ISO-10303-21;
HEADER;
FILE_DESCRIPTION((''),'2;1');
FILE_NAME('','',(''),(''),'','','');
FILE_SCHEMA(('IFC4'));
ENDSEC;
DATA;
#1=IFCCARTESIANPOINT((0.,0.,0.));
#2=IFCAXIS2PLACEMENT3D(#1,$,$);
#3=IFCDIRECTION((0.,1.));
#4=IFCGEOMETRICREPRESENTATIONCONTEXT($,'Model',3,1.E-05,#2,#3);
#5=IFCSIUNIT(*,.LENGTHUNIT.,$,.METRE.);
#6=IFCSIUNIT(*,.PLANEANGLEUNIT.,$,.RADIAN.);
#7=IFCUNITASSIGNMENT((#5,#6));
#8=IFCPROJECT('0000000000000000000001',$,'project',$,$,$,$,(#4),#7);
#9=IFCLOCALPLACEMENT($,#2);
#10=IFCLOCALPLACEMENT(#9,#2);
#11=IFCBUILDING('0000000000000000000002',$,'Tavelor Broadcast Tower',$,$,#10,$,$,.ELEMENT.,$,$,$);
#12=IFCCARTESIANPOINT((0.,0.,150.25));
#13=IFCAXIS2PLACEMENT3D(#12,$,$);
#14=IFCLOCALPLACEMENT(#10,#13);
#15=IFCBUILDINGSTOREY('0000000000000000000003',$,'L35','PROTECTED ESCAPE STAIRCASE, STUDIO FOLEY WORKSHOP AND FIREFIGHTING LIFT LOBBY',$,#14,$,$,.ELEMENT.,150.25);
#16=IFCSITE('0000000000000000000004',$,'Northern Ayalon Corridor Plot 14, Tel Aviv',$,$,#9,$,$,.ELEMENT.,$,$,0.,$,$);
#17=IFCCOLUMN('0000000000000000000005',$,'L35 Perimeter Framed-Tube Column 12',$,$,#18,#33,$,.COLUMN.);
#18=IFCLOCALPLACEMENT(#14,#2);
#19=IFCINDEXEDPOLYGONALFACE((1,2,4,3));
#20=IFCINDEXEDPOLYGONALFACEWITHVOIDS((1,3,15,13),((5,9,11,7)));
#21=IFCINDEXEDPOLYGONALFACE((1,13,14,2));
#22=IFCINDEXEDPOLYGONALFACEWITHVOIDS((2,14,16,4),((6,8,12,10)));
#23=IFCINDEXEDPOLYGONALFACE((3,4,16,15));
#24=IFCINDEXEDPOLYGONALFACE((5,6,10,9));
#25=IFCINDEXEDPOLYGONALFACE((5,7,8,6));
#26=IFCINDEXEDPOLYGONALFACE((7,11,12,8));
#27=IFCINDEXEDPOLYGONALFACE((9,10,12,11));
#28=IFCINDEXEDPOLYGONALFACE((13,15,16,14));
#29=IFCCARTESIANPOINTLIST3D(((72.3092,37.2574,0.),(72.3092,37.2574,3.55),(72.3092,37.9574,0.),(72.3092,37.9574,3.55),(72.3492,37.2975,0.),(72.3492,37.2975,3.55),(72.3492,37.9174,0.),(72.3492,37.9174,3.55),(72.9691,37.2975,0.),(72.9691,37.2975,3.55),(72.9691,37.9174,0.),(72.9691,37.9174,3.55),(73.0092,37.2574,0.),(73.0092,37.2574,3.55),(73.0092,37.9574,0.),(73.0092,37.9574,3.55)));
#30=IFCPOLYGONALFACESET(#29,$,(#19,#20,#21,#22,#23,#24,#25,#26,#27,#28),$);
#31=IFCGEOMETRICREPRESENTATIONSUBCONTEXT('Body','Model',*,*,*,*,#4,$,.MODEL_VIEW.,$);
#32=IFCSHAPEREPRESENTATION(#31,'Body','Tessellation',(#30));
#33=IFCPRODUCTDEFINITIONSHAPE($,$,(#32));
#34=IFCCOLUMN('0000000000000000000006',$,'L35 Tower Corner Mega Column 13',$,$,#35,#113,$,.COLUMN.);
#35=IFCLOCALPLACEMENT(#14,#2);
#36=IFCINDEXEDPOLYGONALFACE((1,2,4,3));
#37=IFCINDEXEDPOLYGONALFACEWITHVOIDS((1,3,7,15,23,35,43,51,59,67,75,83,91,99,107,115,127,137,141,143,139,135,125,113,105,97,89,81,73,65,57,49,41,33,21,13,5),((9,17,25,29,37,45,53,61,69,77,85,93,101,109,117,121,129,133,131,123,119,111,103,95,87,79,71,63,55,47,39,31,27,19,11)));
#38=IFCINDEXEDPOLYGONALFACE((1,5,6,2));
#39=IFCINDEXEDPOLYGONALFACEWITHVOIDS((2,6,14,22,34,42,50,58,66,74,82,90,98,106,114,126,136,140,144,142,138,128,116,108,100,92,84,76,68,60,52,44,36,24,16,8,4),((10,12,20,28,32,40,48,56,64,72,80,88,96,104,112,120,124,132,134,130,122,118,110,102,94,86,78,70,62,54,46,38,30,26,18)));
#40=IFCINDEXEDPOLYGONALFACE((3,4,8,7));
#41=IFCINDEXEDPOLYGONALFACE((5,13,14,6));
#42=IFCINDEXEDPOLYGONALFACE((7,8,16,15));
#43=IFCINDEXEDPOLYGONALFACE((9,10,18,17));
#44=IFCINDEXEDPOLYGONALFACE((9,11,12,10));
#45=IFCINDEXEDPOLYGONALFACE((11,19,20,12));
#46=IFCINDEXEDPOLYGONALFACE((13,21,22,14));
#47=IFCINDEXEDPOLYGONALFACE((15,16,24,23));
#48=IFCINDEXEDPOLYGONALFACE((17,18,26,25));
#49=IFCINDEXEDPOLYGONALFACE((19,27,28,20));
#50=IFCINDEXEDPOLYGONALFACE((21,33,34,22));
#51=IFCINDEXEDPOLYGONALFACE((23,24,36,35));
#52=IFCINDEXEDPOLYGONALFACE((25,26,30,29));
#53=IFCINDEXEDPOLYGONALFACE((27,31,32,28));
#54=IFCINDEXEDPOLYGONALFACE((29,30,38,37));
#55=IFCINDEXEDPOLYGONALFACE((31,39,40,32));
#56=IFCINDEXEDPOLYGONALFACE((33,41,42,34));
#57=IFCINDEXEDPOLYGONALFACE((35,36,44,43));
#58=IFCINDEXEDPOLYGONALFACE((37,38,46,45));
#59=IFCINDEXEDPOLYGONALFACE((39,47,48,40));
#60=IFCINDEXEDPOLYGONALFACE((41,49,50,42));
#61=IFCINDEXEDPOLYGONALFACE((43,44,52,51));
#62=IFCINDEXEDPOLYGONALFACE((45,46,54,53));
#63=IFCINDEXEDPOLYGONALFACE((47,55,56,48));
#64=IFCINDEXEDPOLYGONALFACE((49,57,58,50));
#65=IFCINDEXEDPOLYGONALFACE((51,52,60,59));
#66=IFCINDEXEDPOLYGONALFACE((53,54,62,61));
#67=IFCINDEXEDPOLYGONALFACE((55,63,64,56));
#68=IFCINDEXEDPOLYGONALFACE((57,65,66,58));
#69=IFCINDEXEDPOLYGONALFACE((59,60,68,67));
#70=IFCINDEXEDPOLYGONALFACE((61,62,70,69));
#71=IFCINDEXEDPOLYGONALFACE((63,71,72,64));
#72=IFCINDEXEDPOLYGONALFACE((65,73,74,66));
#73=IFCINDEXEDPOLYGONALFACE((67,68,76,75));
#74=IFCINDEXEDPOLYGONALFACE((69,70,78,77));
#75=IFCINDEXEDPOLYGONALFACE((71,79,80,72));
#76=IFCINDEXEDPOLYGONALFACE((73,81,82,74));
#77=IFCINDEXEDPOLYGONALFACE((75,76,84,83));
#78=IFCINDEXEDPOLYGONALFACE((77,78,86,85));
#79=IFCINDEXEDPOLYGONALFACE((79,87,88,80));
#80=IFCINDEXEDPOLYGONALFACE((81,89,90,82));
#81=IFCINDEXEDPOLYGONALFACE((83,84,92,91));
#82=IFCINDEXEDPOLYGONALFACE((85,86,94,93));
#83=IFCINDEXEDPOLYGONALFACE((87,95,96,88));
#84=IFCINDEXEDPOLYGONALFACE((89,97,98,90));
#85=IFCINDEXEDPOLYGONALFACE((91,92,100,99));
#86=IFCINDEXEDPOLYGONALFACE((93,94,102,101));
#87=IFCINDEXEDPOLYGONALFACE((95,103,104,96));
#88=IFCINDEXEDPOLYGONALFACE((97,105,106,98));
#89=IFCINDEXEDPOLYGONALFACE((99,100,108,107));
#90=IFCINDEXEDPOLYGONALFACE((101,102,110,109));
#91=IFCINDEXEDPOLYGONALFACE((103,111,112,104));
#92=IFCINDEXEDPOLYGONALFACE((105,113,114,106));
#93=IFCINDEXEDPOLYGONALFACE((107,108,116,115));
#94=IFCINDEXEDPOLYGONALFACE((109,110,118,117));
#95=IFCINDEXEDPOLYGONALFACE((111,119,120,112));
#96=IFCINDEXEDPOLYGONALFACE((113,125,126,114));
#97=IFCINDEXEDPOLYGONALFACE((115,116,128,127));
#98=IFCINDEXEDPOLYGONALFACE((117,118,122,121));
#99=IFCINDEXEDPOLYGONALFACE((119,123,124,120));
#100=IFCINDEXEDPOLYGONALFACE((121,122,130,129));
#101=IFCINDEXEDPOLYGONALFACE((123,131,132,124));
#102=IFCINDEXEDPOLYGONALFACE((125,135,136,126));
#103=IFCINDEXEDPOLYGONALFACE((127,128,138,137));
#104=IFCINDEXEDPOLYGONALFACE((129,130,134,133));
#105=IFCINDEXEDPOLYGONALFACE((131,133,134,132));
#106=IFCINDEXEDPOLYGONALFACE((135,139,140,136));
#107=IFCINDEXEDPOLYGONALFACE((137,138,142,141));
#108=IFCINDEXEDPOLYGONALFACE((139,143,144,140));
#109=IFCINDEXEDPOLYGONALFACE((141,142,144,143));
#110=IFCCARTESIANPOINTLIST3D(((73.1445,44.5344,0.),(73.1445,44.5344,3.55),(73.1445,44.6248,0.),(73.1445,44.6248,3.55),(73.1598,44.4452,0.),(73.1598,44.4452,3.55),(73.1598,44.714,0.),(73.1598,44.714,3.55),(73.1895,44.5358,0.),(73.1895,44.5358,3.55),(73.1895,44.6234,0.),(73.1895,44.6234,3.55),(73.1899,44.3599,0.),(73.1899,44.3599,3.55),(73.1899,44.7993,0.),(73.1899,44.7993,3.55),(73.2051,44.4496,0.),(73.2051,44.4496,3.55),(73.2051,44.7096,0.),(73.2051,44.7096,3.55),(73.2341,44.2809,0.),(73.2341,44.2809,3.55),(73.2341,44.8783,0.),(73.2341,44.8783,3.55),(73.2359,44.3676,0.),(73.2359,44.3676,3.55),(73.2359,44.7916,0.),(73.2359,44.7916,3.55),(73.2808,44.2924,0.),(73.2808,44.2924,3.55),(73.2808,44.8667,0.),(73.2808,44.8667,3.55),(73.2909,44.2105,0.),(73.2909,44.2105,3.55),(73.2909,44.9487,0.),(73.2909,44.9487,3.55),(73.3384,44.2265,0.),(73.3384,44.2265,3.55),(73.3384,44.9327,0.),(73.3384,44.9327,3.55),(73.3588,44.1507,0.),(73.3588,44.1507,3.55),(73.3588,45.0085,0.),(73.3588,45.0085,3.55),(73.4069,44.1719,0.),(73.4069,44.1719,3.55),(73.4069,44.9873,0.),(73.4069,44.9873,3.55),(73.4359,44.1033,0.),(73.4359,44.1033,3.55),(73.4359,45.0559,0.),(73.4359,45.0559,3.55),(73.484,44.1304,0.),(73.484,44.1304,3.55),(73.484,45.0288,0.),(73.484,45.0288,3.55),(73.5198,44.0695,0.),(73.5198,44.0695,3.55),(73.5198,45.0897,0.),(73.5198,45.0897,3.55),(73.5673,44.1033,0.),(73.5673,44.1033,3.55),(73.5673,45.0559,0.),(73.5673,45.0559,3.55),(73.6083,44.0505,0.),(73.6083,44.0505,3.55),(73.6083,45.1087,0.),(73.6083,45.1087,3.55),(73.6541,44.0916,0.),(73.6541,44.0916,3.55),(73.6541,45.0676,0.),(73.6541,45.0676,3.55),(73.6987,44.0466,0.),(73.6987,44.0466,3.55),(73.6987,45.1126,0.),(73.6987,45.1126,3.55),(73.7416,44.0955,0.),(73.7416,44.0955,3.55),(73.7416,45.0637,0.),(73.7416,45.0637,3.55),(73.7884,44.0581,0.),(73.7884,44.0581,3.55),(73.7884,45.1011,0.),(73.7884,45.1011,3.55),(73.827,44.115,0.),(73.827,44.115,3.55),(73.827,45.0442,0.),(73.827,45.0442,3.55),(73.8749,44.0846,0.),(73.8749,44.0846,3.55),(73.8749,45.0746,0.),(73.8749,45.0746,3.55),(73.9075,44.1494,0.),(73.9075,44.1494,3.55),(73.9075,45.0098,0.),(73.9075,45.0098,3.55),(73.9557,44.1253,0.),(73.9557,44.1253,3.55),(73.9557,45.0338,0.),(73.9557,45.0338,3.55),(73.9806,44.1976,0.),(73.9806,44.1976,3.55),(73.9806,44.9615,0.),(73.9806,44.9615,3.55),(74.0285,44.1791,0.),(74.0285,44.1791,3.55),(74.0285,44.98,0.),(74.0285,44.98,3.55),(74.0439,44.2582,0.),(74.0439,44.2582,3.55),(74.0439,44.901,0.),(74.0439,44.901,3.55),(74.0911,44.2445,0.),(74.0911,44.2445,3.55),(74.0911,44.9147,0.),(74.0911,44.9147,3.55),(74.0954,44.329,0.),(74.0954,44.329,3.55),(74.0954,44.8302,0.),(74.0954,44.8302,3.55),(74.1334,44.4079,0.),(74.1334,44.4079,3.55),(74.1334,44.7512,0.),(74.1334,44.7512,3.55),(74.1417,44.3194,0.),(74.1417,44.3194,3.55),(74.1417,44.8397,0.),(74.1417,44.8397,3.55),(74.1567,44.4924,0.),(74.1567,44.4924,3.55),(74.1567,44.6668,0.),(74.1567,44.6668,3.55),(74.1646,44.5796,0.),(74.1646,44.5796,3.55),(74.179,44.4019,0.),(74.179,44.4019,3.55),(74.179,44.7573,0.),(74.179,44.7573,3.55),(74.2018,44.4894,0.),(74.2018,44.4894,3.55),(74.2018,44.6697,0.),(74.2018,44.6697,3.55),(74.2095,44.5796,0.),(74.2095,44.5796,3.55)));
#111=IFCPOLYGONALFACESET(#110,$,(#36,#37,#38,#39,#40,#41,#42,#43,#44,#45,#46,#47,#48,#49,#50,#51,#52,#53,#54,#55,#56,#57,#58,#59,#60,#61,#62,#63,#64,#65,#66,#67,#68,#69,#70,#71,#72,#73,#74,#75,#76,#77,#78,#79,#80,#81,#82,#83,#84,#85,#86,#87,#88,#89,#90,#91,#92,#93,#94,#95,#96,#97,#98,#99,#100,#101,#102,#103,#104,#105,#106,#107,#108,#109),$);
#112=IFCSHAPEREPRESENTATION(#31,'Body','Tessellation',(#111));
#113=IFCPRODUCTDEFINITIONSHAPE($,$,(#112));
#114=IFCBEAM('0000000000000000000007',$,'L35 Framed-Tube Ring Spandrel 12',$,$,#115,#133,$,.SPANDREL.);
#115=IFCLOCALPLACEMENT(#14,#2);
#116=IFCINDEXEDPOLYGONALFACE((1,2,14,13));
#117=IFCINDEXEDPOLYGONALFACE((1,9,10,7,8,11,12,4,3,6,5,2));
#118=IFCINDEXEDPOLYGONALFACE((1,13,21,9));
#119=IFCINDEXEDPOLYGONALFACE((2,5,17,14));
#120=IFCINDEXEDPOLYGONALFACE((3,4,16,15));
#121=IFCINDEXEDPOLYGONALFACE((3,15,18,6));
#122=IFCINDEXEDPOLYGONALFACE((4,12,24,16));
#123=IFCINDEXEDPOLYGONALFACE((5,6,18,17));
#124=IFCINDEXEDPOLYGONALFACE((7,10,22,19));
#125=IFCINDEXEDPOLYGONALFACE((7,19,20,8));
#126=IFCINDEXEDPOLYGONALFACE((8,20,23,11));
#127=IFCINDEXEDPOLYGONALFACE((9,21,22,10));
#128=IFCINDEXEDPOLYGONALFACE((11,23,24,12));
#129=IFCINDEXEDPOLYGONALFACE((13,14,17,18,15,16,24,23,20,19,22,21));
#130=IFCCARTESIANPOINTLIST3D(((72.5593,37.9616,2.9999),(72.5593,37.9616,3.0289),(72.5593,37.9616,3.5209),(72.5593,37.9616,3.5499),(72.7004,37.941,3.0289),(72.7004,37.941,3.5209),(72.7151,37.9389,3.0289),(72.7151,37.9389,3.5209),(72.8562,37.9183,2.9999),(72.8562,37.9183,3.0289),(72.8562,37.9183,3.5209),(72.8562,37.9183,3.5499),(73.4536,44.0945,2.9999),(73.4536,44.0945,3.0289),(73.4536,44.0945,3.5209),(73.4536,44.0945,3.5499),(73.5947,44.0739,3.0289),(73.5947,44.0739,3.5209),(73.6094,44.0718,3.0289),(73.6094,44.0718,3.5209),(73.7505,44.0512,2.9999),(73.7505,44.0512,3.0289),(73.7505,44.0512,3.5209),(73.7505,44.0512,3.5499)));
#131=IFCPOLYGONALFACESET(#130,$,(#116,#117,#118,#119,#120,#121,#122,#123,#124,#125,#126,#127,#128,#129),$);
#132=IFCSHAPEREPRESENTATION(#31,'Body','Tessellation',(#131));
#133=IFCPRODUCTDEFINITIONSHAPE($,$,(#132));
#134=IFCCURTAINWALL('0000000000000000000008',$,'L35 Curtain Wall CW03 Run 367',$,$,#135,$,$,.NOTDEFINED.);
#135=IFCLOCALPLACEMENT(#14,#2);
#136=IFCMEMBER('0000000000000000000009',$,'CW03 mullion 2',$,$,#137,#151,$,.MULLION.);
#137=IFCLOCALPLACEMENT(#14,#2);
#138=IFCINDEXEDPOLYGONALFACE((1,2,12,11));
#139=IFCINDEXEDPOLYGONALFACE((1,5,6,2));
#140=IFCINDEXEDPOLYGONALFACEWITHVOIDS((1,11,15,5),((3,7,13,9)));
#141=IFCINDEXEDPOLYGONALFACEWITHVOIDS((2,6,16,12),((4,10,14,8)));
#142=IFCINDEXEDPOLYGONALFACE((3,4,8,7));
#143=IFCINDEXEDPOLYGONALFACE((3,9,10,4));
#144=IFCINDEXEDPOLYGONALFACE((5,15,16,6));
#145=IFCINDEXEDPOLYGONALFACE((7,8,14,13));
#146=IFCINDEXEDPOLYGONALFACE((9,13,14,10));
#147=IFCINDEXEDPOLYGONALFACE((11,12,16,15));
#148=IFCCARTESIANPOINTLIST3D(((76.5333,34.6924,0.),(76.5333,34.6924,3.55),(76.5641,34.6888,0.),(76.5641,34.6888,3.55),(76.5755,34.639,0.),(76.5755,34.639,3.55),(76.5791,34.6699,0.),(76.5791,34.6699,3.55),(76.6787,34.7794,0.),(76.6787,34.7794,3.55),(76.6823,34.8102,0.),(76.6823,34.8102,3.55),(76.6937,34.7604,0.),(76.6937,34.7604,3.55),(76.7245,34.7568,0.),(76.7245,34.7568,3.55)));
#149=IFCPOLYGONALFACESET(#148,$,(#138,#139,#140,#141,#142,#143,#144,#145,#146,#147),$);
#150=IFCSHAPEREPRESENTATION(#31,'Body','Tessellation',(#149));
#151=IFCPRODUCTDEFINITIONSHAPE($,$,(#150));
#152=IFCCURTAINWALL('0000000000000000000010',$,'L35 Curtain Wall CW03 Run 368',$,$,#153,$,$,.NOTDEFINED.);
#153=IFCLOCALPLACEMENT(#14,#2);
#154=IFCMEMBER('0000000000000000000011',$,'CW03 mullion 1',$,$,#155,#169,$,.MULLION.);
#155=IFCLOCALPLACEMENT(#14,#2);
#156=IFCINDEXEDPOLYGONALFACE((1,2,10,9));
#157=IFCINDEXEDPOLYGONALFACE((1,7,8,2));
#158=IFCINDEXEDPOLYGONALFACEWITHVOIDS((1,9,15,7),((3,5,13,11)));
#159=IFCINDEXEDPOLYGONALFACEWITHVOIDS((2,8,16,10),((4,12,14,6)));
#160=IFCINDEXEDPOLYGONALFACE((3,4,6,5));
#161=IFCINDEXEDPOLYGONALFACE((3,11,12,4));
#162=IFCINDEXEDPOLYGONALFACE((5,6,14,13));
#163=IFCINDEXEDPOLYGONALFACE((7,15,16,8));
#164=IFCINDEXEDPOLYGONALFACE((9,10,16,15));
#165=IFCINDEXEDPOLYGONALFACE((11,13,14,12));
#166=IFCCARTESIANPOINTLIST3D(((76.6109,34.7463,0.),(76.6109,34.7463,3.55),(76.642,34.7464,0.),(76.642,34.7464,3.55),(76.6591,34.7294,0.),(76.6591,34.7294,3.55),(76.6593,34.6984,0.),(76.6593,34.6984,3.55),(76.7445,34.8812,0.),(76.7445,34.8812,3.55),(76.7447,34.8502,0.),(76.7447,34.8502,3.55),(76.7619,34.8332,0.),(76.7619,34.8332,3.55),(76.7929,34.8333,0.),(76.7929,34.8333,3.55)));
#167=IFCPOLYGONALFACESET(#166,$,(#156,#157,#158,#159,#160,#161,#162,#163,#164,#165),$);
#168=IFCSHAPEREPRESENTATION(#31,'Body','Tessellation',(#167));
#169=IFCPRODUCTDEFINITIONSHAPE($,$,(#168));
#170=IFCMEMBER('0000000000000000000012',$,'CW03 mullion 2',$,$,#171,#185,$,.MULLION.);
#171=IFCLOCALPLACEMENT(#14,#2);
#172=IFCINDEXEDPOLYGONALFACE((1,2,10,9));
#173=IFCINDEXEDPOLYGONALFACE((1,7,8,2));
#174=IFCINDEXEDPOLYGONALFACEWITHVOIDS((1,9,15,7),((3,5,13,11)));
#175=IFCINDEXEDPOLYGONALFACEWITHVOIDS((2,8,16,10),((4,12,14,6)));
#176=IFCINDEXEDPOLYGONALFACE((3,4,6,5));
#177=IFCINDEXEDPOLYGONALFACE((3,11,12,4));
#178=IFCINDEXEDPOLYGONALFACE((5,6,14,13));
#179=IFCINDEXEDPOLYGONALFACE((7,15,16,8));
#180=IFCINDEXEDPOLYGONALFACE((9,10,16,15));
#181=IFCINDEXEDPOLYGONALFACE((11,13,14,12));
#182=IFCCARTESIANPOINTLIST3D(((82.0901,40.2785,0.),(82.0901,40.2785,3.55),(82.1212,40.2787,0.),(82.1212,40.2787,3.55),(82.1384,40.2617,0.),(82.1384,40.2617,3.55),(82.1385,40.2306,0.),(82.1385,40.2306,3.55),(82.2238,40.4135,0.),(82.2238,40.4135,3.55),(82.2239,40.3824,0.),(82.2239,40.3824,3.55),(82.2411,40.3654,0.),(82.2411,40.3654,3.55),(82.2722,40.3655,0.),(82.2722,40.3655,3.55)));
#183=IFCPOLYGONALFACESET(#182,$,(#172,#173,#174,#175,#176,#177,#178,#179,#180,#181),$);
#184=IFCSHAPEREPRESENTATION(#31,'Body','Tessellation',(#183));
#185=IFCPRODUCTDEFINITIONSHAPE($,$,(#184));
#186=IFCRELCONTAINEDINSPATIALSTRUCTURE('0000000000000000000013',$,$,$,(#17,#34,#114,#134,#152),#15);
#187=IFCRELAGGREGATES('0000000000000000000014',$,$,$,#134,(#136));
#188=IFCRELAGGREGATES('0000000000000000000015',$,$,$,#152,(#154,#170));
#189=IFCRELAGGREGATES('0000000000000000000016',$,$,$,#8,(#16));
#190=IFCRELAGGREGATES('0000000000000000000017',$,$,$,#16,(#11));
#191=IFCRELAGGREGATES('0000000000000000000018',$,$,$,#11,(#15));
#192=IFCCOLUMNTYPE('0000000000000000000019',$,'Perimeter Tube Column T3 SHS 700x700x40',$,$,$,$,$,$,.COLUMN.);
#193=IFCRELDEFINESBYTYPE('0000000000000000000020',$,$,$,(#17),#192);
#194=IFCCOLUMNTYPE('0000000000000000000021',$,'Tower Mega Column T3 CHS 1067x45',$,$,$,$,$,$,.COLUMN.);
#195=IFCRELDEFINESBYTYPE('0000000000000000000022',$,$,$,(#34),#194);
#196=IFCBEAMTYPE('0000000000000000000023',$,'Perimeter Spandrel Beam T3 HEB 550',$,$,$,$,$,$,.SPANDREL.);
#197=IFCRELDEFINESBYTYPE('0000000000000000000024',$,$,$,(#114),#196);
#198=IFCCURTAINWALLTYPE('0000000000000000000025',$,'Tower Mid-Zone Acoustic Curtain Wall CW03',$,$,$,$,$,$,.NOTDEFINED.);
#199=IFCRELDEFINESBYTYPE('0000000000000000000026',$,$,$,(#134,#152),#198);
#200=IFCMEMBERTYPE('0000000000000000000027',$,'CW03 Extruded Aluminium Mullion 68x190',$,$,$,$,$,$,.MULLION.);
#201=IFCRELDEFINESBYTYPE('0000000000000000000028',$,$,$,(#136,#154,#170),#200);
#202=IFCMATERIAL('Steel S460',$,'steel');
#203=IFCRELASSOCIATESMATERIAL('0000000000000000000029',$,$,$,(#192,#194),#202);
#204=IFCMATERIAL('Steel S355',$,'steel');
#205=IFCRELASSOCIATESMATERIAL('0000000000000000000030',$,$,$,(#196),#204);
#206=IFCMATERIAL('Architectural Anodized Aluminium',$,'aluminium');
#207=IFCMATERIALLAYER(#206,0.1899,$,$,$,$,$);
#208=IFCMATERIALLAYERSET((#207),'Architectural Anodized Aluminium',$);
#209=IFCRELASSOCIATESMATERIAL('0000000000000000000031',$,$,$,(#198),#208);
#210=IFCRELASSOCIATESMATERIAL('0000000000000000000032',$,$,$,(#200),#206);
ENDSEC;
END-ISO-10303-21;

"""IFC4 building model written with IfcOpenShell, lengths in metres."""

from ifc_helpers import new_model, si_unit, direction, frame, origin, origin_2d, place, context, subcontext, project, spatial, hollow_rectangle, hollow_circle, i_section, extrude, source, transform, mapped, material, layer, layer_set, material_profile, profile_set, type_object, type_shapes, element, aggregate, save


model = new_model("IFC4")

# Units and contexts
model_context = context("Model", 3, precision=1e-05, world=origin(), true_north=direction((0.0, 1.0)))
body_context = subcontext(model_context, "Body", "Model", "MODEL_VIEW")
ifc_project = project(units=[si_unit("LENGTHUNIT", "METRE"), si_unit("PLANEANGLEUNIT", "RADIAN")], contexts=[model_context])

# Site, building, storey
site_placement = place(None, origin())
site = spatial("IfcSite", under=ifc_project, at=site_placement, Name="Northern Ayalon Corridor Plot 14, Tel Aviv", CompositionType="ELEMENT", RefElevation=0.0)
building_placement = place(site_placement, origin())
building = spatial("IfcBuilding", under=site, at=building_placement, Name="Tavelor Broadcast Tower", CompositionType="ELEMENT")
storey_placement = place(building_placement, frame((0.0, 0.0, 150.25)))
storey = spatial("IfcBuildingStorey", under=building, at=storey_placement, Name="L35", Description="PROTECTED ESCAPE STAIRCASE, STUDIO FOLEY WORKSHOP AND FIREFIGHTING LIFT LOBBY", CompositionType="ELEMENT", Elevation=150.25)

# Columns
ifc_material_1 = material(Name="Steel S460", Category="steel")
ifc_material_profile_1 = material_profile(ifc_material_1, hollow_rectangle(XDim=0.7, YDim=0.7, WallThickness=0.04, at=origin_2d()), Name="SHS 700x700x40")
ifc_profile_set_1 = profile_set([ifc_material_profile_1], Name="Steel S460")
column_type_1 = type_object("IfcColumnType", Name="Perimeter Tube Column T3 SHS 700x700x40", PredefinedType="COLUMN", material=ifc_profile_set_1)
column_1_placement = place(storey_placement, frame((72.6592, 37.6074, 0.0), z_axis=(0.0, 0.0, 1.0), x_axis=(1.0, 0.0, 0.0)))
element("IfcColumn", 1, at=column_1_placement, inside=storey, type_object=column_type_1, Name="L35 Perimeter Framed-Tube Column 12", PredefinedType="COLUMN", context=body_context, shape_type="SweptSolid", body=[
    extrude(hollow_rectangle(XDim=0.7, YDim=0.7, WallThickness=0.04, at=origin_2d()), origin(), (0.0, 0.0, 1.0), 3.55),
])
ifc_material_profile_2 = material_profile(ifc_material_1, hollow_circle(Radius=0.5334, WallThickness=0.0449, at=origin_2d()), Name="CHS 1067x45")
ifc_profile_set_2 = profile_set([ifc_material_profile_2], Name="Steel S460")
column_type_2 = type_object("IfcColumnType", Name="Tower Mega Column T3 CHS 1067x45", PredefinedType="COLUMN", material=ifc_profile_set_2)
column_2_placement = place(storey_placement, frame((73.676, 44.5796, 0.0), z_axis=(0.0, 0.0, 1.0), x_axis=(1.0, 0.0, 0.0)))
element("IfcColumn", 2, at=column_2_placement, inside=storey, type_object=column_type_2, Name="L35 Tower Corner Mega Column 13", PredefinedType="COLUMN", context=body_context, shape_type="SweptSolid", body=[
    extrude(hollow_circle(Radius=0.5334, WallThickness=0.0449, at=origin_2d()), origin(), (0.0, 0.0, 1.0), 3.55),
])

# Beam
ifc_material_2 = material(Name="Steel S355", Category="steel")
ifc_material_profile_3 = material_profile(ifc_material_2, i_section(OverallWidth=0.3, OverallDepth=0.55, WebThickness=0.0149, FlangeThickness=0.0291, at=origin_2d()), Name="HEB 550")
ifc_profile_set_3 = profile_set([ifc_material_profile_3], Name="Steel S355")
beam_type = type_object("IfcBeamType", Name="Perimeter Spandrel Beam T3 HEB 550", PredefinedType="SPANDREL", material=ifc_profile_set_3)
beam_placement = place(storey_placement, frame((72.7078, 37.9399, 3.2749), z_axis=(0.144294, 0.989535, 0.0), x_axis=(-0.989535, 0.144294, 0.0)))
element("IfcBeam", 3, at=beam_placement, inside=storey, type_object=beam_type, Name="L35 Framed-Tube Ring Spandrel 12", PredefinedType="SPANDREL", context=body_context, shape_type="SweptSolid", body=[
    extrude(i_section(OverallWidth=0.3, OverallDepth=0.55, WebThickness=0.0149, FlangeThickness=0.0291, at=origin_2d()), origin(), (0.0, 0.0, 1.0), 6.1978),
])

# Curtain wall, member
ifc_material_3 = material(Name="Architectural Anodized Aluminium", Category="aluminium")
ifc_layer_1 = layer(ifc_material_3, 0.1899)
ifc_layer_set_1 = layer_set([ifc_layer_1], Name="Architectural Anodized Aluminium")
curtain_wall_type = type_object("IfcCurtainWallType", Name="Tower Mid-Zone Acoustic Curtain Wall CW03", PredefinedType="NOTDEFINED", material=ifc_layer_set_1)
curtain_wall_1_placement = place(storey_placement, origin())
curtain_wall_1 = element("IfcCurtainWall", 4, at=curtain_wall_1_placement, inside=storey, type_object=curtain_wall_type, Name="L35 Curtain Wall CW03 Run 367", PredefinedType="NOTDEFINED")
ifc_material_profile_4 = material_profile(ifc_material_3, hollow_rectangle(XDim=0.0681, YDim=0.1899, WallThickness=0.022, at=origin_2d()), Name="RHS 68x190x22")
ifc_profile_set_4 = profile_set([ifc_material_profile_4], Name="Architectural Anodized Aluminium")
member_type_1 = type_object("IfcMemberType", Name="CW03 Extruded Aluminium Mullion 68x190", PredefinedType="MULLION", material=ifc_profile_set_4)
shared_shape_1 = source(origin(), body_context, "Body", "SweptSolid", [
    extrude(hollow_rectangle(XDim=0.0681, YDim=0.1899, WallThickness=0.022, at=origin_2d()), origin(), (0.0, 0.0, 1.0), 3.55),
])
type_shapes(member_type_1, [shared_shape_1])
member_1_placement = place(storey_placement, frame((76.6289, 34.7246, 0.0), z_axis=(0.0, 0.0, 1.0), x_axis=(-0.620143, 0.784489, 0.0)))
member_1 = element("IfcMember", 5, at=member_1_placement, type_object=member_type_1, Name="CW03 mullion 2", PredefinedType="MULLION", context=body_context, shape_type="MappedRepresentation", body=[
    mapped(shared_shape_1, transform((0.0, 0.0, 0.0), scale=1.0)),
])

# Curtain wall, members
curtain_wall_2_placement = place(storey_placement, origin())
curtain_wall_2 = element("IfcCurtainWall", 6, at=curtain_wall_2_placement, inside=storey, type_object=curtain_wall_type, Name="L35 Curtain Wall CW03 Run 368", PredefinedType="NOTDEFINED")
member_2_placement = place(storey_placement, frame((76.7019, 34.7898, 0.0), z_axis=(0.0, 0.0, 1.0), x_axis=(-0.710511, 0.703686, 0.0)))
member_2 = element("IfcMember", 7, at=member_2_placement, type_object=member_type_1, Name="CW03 mullion 1", PredefinedType="MULLION", context=body_context, shape_type="MappedRepresentation", body=[
    mapped(shared_shape_1, transform((0.0, 0.0, 0.0), scale=1.0)),
])
member_3_placement = place(storey_placement, frame((82.1812, 40.322, 0.0), z_axis=(0.0, 0.0, 1.0), x_axis=(-0.710511, 0.703686, 0.0)))
member_3 = element("IfcMember", 8, at=member_3_placement, type_object=member_type_1, Name="CW03 mullion 2", PredefinedType="MULLION", context=body_context, shape_type="MappedRepresentation", body=[
    mapped(shared_shape_1, transform((0.0, 0.0, 0.0), scale=1.0)),
])

aggregate(curtain_wall_1, [member_1])
aggregate(curtain_wall_2, [member_2, member_3])

save(model, "model.ifc")
